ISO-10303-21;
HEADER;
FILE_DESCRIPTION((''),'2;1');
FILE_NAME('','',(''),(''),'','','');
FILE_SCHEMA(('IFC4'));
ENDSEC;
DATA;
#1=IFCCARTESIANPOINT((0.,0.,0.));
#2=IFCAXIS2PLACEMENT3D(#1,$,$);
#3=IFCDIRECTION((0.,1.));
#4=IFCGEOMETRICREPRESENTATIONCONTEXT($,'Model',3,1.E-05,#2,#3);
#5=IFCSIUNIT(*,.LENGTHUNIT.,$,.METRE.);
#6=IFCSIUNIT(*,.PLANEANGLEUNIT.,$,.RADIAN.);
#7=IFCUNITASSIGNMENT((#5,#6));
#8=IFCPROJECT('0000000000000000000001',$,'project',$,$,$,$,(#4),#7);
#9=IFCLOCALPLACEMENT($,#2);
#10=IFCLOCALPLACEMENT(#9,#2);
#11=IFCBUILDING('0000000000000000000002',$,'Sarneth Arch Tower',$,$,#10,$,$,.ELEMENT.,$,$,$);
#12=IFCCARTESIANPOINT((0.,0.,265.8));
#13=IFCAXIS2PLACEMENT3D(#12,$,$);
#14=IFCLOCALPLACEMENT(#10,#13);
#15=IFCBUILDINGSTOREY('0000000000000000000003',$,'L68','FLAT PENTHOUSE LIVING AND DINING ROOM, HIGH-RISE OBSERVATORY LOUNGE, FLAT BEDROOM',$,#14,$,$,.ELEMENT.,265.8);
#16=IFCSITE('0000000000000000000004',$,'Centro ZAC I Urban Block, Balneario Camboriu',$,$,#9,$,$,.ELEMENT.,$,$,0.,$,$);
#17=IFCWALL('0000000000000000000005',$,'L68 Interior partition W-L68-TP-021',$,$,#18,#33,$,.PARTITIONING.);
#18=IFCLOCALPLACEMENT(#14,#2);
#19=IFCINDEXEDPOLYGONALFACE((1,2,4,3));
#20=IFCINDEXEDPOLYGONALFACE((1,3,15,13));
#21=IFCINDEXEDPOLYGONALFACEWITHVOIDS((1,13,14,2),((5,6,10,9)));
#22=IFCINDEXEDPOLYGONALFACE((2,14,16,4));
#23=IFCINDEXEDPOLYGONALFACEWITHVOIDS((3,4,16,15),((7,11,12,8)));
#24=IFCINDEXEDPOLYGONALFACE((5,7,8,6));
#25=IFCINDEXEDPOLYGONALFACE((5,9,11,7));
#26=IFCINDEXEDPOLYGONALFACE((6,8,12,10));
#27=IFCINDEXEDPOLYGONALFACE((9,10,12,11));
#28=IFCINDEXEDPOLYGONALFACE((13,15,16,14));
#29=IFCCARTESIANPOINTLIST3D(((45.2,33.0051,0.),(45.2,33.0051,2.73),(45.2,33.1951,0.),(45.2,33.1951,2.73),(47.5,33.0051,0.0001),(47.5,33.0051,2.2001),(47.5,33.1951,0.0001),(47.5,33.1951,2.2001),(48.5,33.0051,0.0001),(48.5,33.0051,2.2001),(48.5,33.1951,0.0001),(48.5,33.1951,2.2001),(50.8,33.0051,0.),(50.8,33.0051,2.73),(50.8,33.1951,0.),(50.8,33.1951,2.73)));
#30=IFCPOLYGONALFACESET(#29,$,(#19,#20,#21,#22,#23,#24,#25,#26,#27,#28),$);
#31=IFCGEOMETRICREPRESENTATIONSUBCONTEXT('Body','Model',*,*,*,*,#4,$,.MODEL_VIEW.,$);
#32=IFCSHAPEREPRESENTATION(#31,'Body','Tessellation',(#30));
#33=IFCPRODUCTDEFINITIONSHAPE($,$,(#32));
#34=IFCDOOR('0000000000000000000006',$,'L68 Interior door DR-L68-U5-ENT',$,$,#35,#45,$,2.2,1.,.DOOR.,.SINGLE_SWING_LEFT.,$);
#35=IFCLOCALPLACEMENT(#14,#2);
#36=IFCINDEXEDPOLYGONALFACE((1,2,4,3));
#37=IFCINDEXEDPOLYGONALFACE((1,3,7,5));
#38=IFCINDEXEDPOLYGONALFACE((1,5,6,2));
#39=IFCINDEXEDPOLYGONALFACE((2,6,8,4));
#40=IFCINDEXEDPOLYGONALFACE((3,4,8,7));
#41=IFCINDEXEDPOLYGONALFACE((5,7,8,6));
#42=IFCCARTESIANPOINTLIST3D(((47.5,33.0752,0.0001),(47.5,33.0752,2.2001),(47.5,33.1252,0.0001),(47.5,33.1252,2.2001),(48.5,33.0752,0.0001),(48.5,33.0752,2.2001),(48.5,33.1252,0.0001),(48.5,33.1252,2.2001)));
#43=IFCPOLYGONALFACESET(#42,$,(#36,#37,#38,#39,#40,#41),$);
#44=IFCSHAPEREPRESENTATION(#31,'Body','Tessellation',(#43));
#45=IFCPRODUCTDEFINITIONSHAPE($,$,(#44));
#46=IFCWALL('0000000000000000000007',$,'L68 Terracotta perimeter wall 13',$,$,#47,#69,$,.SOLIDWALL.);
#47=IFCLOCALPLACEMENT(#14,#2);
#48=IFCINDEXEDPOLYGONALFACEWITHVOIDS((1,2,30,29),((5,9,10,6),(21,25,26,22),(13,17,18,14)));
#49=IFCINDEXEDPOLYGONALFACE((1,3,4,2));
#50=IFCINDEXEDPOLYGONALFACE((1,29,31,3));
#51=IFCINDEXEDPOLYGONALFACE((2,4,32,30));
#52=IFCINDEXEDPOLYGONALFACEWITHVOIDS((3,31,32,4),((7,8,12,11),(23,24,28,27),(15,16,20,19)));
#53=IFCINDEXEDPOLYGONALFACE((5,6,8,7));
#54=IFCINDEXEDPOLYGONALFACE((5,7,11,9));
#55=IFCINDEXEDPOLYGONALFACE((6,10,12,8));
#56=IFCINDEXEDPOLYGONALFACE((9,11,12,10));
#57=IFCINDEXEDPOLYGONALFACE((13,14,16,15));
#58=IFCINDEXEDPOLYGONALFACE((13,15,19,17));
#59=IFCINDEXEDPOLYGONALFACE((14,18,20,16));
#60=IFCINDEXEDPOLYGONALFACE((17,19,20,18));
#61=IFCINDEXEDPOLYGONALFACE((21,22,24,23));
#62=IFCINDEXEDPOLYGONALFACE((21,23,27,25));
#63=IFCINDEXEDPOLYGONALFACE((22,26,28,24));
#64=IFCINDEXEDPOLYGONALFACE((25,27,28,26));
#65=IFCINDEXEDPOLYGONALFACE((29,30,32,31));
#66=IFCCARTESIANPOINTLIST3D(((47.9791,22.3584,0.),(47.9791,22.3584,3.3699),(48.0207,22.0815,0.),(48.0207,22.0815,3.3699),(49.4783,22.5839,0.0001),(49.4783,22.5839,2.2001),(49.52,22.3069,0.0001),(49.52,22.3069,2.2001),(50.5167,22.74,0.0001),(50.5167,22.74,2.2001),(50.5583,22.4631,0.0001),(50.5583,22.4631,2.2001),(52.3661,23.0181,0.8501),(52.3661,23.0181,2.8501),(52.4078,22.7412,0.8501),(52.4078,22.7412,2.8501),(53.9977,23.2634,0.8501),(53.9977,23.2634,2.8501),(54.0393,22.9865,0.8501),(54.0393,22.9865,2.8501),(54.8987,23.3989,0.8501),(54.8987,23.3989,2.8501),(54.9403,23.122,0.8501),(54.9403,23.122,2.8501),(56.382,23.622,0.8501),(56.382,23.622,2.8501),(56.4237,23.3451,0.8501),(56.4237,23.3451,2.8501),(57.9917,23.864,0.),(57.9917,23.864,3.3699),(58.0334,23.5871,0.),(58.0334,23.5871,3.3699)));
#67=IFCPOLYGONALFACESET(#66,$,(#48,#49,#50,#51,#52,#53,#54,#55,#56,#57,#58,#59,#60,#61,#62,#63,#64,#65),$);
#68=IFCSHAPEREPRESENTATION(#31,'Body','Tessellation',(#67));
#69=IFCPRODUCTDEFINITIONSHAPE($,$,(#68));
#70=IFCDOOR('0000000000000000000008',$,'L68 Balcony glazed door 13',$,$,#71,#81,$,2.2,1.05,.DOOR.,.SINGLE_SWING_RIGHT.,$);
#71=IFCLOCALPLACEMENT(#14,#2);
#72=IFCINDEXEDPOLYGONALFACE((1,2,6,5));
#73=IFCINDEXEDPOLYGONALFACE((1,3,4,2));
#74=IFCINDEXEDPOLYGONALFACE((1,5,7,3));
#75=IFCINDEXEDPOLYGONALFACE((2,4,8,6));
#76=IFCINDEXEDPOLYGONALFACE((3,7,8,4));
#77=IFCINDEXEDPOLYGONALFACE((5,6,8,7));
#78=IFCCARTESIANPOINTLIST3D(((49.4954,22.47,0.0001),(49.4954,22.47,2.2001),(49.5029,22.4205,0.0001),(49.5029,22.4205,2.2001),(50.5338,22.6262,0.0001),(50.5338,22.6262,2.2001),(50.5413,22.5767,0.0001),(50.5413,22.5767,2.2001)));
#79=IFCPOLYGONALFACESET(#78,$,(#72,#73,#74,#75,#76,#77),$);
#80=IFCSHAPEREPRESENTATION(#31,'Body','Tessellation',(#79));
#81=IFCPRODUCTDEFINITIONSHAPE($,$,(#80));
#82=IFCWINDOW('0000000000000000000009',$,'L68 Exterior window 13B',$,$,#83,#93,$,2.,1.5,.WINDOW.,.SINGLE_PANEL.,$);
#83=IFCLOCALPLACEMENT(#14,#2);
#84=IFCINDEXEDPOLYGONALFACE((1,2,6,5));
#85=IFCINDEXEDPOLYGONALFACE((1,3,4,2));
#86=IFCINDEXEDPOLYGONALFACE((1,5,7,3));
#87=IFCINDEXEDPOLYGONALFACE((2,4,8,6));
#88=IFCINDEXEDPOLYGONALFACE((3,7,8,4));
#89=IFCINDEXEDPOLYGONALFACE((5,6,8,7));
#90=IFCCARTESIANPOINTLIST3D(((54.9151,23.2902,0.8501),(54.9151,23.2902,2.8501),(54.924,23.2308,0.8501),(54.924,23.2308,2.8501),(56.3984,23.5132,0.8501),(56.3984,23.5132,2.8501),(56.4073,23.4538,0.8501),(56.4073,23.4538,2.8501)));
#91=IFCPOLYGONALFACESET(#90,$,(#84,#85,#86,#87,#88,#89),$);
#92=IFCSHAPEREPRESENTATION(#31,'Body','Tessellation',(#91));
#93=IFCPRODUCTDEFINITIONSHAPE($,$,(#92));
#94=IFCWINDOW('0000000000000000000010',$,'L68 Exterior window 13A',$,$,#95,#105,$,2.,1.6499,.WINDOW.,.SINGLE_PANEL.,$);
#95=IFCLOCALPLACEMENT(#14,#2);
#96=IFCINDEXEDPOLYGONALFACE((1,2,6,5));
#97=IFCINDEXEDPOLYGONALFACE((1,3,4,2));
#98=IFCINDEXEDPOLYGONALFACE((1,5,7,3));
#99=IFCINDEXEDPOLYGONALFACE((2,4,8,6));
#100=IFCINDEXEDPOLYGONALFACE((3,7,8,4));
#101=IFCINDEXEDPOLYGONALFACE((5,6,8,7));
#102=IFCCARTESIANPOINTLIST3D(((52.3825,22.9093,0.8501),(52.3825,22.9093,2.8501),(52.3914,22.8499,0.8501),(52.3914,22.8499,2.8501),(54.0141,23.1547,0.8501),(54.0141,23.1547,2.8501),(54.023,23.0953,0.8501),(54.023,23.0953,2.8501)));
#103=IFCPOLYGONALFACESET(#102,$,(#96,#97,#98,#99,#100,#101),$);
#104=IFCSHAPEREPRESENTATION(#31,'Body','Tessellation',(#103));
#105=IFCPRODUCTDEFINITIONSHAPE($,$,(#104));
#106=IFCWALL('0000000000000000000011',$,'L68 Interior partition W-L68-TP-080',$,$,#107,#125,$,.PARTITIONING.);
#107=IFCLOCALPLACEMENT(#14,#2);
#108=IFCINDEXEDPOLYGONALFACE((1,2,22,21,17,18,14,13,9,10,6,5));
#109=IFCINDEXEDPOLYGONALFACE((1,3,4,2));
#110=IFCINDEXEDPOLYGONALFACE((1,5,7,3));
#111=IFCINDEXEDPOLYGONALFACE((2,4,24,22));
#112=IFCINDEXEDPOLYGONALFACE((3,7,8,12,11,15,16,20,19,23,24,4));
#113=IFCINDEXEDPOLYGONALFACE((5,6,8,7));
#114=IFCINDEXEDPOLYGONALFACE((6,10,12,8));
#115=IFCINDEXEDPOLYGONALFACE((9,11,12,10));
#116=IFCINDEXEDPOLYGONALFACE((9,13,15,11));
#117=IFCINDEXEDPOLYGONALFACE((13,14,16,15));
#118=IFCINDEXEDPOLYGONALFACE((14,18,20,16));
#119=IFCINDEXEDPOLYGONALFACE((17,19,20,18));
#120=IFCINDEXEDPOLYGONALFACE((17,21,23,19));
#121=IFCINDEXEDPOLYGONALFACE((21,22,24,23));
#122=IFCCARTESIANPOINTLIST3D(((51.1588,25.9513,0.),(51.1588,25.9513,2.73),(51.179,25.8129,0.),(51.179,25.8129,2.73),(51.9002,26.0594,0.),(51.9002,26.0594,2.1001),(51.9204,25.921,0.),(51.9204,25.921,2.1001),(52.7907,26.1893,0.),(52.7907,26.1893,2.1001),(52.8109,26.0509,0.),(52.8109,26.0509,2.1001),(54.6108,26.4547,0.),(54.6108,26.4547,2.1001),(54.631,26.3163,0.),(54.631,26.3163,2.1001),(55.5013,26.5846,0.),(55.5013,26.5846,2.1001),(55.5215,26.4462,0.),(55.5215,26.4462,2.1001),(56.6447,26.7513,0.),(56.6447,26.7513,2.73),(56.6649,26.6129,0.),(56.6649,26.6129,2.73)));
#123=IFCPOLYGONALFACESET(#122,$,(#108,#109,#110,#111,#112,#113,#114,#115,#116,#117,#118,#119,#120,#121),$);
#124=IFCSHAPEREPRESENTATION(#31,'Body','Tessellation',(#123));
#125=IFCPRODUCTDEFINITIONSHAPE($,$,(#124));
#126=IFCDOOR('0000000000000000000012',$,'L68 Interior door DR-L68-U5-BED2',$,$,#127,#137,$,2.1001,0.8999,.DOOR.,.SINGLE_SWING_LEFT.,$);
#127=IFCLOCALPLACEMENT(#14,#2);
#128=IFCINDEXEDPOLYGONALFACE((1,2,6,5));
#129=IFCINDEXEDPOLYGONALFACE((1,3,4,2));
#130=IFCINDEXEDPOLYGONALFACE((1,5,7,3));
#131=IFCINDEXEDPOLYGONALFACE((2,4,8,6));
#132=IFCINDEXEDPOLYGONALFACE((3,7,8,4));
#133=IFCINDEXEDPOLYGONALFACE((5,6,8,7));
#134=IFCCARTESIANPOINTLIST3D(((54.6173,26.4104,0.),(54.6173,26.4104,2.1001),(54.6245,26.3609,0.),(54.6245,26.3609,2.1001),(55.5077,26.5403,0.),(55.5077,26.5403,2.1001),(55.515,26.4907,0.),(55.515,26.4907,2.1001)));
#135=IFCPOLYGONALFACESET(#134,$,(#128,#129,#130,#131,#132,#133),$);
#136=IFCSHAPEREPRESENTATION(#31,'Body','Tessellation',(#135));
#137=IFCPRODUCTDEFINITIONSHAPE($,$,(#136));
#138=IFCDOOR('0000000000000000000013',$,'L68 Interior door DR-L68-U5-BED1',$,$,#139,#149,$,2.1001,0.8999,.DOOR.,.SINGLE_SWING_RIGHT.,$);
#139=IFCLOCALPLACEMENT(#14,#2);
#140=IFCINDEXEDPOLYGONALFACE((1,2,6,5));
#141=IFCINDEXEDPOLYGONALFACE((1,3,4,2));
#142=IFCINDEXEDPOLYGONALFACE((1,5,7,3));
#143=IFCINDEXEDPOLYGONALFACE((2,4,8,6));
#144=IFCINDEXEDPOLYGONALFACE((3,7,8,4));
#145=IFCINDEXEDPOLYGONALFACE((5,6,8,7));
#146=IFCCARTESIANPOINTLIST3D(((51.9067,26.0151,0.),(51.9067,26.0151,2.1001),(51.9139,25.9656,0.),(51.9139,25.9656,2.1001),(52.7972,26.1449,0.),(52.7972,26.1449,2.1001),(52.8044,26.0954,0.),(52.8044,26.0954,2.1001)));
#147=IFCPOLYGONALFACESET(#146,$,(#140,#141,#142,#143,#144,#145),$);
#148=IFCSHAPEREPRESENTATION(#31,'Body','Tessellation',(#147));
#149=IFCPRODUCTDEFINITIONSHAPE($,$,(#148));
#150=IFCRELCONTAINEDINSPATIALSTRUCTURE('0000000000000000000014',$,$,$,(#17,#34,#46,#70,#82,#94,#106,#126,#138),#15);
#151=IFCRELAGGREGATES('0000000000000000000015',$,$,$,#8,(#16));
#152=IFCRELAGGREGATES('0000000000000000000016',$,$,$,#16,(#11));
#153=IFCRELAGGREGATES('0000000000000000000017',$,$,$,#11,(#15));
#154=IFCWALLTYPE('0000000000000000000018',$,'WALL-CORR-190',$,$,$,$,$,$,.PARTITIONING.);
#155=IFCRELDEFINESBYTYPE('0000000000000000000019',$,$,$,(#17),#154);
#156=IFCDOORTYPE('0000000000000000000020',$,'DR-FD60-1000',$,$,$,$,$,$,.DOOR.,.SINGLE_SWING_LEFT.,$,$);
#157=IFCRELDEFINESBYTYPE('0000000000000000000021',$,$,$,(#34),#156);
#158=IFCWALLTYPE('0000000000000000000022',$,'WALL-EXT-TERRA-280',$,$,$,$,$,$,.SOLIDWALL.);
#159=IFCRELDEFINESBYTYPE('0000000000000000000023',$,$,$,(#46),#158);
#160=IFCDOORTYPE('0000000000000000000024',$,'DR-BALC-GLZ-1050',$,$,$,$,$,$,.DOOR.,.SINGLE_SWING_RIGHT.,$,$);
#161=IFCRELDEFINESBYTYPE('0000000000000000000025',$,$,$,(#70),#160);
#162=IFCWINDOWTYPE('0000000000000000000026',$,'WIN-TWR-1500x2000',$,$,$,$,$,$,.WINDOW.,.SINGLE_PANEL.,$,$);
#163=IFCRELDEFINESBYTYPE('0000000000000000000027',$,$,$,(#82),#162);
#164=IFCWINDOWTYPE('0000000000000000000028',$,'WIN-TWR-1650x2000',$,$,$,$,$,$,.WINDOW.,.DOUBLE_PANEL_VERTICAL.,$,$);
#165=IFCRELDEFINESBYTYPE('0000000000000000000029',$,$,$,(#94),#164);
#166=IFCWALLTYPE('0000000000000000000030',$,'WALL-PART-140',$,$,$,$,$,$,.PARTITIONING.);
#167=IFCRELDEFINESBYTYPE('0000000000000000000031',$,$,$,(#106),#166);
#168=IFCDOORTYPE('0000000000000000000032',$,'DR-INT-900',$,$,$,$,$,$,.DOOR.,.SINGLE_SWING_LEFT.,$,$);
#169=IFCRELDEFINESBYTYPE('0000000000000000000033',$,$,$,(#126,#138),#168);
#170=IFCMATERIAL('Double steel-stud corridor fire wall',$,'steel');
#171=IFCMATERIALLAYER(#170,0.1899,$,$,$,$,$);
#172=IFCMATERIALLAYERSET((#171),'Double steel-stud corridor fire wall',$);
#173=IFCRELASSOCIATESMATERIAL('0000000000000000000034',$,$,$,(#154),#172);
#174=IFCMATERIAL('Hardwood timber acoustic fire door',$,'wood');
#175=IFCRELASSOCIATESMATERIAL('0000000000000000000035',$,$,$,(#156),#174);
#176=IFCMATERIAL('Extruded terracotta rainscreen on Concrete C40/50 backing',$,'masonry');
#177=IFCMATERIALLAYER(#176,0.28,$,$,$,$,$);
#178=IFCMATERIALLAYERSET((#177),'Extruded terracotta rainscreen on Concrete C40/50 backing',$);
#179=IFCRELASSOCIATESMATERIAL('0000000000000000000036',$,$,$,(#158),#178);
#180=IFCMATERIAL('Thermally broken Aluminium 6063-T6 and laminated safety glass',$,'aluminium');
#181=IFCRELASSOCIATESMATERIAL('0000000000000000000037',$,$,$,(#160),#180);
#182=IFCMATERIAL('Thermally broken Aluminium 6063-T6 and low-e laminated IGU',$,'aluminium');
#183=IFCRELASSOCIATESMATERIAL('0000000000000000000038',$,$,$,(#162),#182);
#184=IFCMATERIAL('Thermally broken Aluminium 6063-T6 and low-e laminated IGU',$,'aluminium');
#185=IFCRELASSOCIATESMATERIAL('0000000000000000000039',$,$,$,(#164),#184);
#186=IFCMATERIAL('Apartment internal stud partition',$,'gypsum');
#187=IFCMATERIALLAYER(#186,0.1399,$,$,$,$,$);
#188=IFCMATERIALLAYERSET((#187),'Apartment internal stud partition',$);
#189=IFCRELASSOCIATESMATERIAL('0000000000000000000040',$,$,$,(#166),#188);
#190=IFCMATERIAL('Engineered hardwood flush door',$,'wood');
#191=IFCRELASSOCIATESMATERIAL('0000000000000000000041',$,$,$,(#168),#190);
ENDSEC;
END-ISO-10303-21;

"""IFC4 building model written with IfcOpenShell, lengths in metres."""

from ifc_helpers import new_model, si_unit, direction, frame, frame_2d, origin, place, context, subcontext, project, spatial, rectangle, extrude, material, layer, layer_set, type_object, element, fill, save


model = new_model("IFC4")

# Units and contexts
model_context = context("Model", 3, precision=1e-05, world=origin(), true_north=direction((0.0, 1.0)))
body_context = subcontext(model_context, "Body", "Model", "MODEL_VIEW")
ifc_project = project(units=[si_unit("LENGTHUNIT", "METRE"), si_unit("PLANEANGLEUNIT", "RADIAN")], contexts=[model_context])

# Site, building, storey
site_placement = place(None, origin())
site = spatial("IfcSite", under=ifc_project, at=site_placement, Name="Centro ZAC I Urban Block, Balneario Camboriu", CompositionType="ELEMENT", RefElevation=0.0)
building_placement = place(site_placement, origin())
building = spatial("IfcBuilding", under=site, at=building_placement, Name="Sarneth Arch Tower", CompositionType="ELEMENT")
storey_placement = place(building_placement, frame((0.0, 0.0, 265.8)))
storey = spatial("IfcBuildingStorey", under=building, at=storey_placement, Name="L68", Description="FLAT PENTHOUSE LIVING AND DINING ROOM, HIGH-RISE OBSERVATORY LOUNGE, FLAT BEDROOM", CompositionType="ELEMENT", Elevation=265.8)

# Wall, opening, door
ifc_material_1 = material(Name="Double steel-stud corridor fire wall", Category="steel")
ifc_layer_1 = layer(ifc_material_1, 0.1899)
ifc_layer_set_1 = layer_set([ifc_layer_1], Name="Double steel-stud corridor fire wall")
wall_type_1 = type_object("IfcWallType", Name="WALL-CORR-190", PredefinedType="PARTITIONING", material=ifc_layer_set_1)
wall_1_placement = place(storey_placement, frame((50.8, 33.1001, 0.0), z_axis=(0.0, 0.0, 1.0), x_axis=(-1.0, 0.0, 0.0)))
wall_1 = element("IfcWall", 1, at=wall_1_placement, inside=storey, type_object=wall_type_1, Name="L68 Interior partition W-L68-TP-021", PredefinedType="PARTITIONING", context=body_context, shape_type="SweptSolid", body=[
    extrude(rectangle(XDim=5.6001, YDim=0.1899, at=frame_2d((2.8, 0.0))), origin(), (0.0, 0.0, 1.0), 2.73),
])
opening_1_placement = place(wall_1_placement, frame((2.3, 0.0, 0.0)))
opening_1 = element("IfcOpeningElement", 2, at=opening_1_placement, cuts=wall_1, PredefinedType="OPENING", context=body_context, shape_type="SweptSolid", body=[
    extrude(rectangle(XDim=1.0, YDim=2.2, at=frame_2d((0.5, 1.1001))), frame((0.0, 0.105, 0.0), z_axis=(0.0, -1.0, 0.0), x_axis=(1.0, 0.0, 0.0)), (0.0, 0.0, 1.0), 0.21),
])
ifc_material_2 = material(Name="Hardwood timber acoustic fire door", Category="wood")
door_type_1 = type_object("IfcDoorType", Name="DR-FD60-1000", OperationType="SINGLE_SWING_LEFT", PredefinedType="DOOR", material=ifc_material_2)
door_1_placement = place(opening_1_placement, origin())
door_1 = element("IfcDoor", 3, at=door_1_placement, inside=storey, type_object=door_type_1, Name="L68 Interior door DR-L68-U5-ENT", OperationType="SINGLE_SWING_LEFT", OverallHeight=2.2, OverallWidth=1.0, PredefinedType="DOOR", context=body_context, shape_type="SweptSolid", body=[
    extrude(rectangle(XDim=1.0, YDim=2.2, at=frame_2d((0.5, 1.1001))), frame((0.0, 0.0249, 0.0), z_axis=(0.0, -1.0, 0.0), x_axis=(1.0, 0.0, 0.0)), (0.0, 0.0, 1.0), 0.05),
])
fill(opening_1, door_1)

# Wall, openings, door, windows
ifc_material_3 = material(Name="Extruded terracotta rainscreen on Concrete C40/50 backing", Category="masonry")
ifc_layer_2 = layer(ifc_material_3, 0.28)
ifc_layer_set_2 = layer_set([ifc_layer_2], Name="Extruded terracotta rainscreen on Concrete C40/50 backing")
wall_type_2 = type_object("IfcWallType", Name="WALL-EXT-TERRA-280", PredefinedType="SOLIDWALL", material=ifc_layer_set_2)
wall_2_placement = place(storey_placement, frame((48.0, 22.22, 0.0), z_axis=(0.0, 0.0, 1.0), x_axis=(0.988883, 0.148699, 0.0)))
wall_2 = element("IfcWall", 4, at=wall_2_placement, inside=storey, type_object=wall_type_2, Name="L68 Terracotta perimeter wall 13", PredefinedType="SOLIDWALL", context=body_context, shape_type="SweptSolid", body=[
    extrude(rectangle(XDim=10.1252, YDim=0.28, at=frame_2d((5.0625, 0.0))), origin(), (0.0, 0.0, 1.0), 3.3699),
])
opening_2_placement = place(wall_2_placement, frame((1.5161, 0.0, 0.0)))
opening_2 = element("IfcOpeningElement", 5, at=opening_2_placement, cuts=wall_2, PredefinedType="OPENING", context=body_context, shape_type="SweptSolid", body=[
    extrude(rectangle(XDim=1.05, YDim=2.2, at=frame_2d((0.5249, 1.1001))), frame((0.0, 0.1499, 0.0), z_axis=(0.0, -1.0, 0.0), x_axis=(1.0, 0.0, 0.0)), (0.0, 0.0, 1.0), 0.3),
])
opening_3_placement = place(wall_2_placement, frame((4.4363, 0.0, 0.8501)))
opening_3 = element("IfcOpeningElement", 6, at=opening_3_placement, cuts=wall_2, PredefinedType="OPENING", context=body_context, shape_type="SweptSolid", body=[
    extrude(rectangle(XDim=1.6499, YDim=2.0, at=frame_2d((0.825, 1.0))), frame((0.0, 0.1499, 0.0), z_axis=(0.0, -1.0, 0.0), x_axis=(1.0, 0.0, 0.0)), (0.0, 0.0, 1.0), 0.3),
])
opening_4_placement = place(wall_2_placement, frame((6.9973, 0.0, 0.8501)))
opening_4 = element("IfcOpeningElement", 7, at=opening_4_placement, cuts=wall_2, PredefinedType="OPENING", context=body_context, shape_type="SweptSolid", body=[
    extrude(rectangle(XDim=1.5, YDim=2.0, at=frame_2d((0.75, 1.0))), frame((0.0, 0.1499, 0.0), z_axis=(0.0, -1.0, 0.0), x_axis=(1.0, 0.0, 0.0)), (0.0, 0.0, 1.0), 0.3),
])
ifc_material_4 = material(Name="Thermally broken Aluminium 6063-T6 and laminated safety glass", Category="aluminium")
door_type_2 = type_object("IfcDoorType", Name="DR-BALC-GLZ-1050", OperationType="SINGLE_SWING_RIGHT", PredefinedType="DOOR", material=ifc_material_4)
door_2_placement = place(opening_2_placement, origin())
door_2 = element("IfcDoor", 8, at=door_2_placement, inside=storey, type_object=door_type_2, Name="L68 Balcony glazed door 13", OperationType="SINGLE_SWING_RIGHT", OverallHeight=2.2, OverallWidth=1.05, PredefinedType="DOOR", context=body_context, shape_type="SweptSolid", body=[
    extrude(rectangle(XDim=1.05, YDim=2.2, at=frame_2d((0.5249, 1.1001))), frame((0.0, 0.0249, 0.0), z_axis=(0.0, -1.0, 0.0), x_axis=(1.0, 0.0, 0.0)), (0.0, 0.0, 1.0), 0.05),
])
fill(opening_2, door_2)
ifc_material_5 = material(Name="Thermally broken Aluminium 6063-T6 and low-e laminated IGU", Category="aluminium")
window_type_1 = type_object("IfcWindowType", Name="WIN-TWR-1500x2000", PartitioningType="SINGLE_PANEL", PredefinedType="WINDOW", material=ifc_material_5)
window_1_placement = place(opening_4_placement, origin())
window_1 = element("IfcWindow", 9, at=window_1_placement, inside=storey, type_object=window_type_1, Name="L68 Exterior window 13B", OverallHeight=2.0, OverallWidth=1.5, PartitioningType="SINGLE_PANEL", PredefinedType="WINDOW", context=body_context, shape_type="SweptSolid", body=[
    extrude(rectangle(XDim=1.5, YDim=2.0, at=frame_2d((0.75, 1.0))), frame((0.0, 0.03, 0.0), z_axis=(0.0, -1.0, 0.0), x_axis=(1.0, 0.0, 0.0)), (0.0, 0.0, 1.0), 0.0601),
])
fill(opening_4, window_1)
ifc_material_6 = material(Name="Thermally broken Aluminium 6063-T6 and low-e laminated IGU", Category="aluminium")
window_type_2 = type_object("IfcWindowType", Name="WIN-TWR-1650x2000", PartitioningType="DOUBLE_PANEL_VERTICAL", PredefinedType="WINDOW", material=ifc_material_6)
window_2_placement = place(opening_3_placement, origin())
window_2 = element("IfcWindow", 10, at=window_2_placement, inside=storey, type_object=window_type_2, Name="L68 Exterior window 13A", OverallHeight=2.0, OverallWidth=1.6499, PartitioningType="SINGLE_PANEL", PredefinedType="WINDOW", context=body_context, shape_type="SweptSolid", body=[
    extrude(rectangle(XDim=1.6499, YDim=2.0, at=frame_2d((0.825, 1.0))), frame((0.0, 0.03, 0.0), z_axis=(0.0, -1.0, 0.0), x_axis=(1.0, 0.0, 0.0)), (0.0, 0.0, 1.0), 0.0601),
])
fill(opening_3, window_2)

# Wall, openings, doors
ifc_material_7 = material(Name="Apartment internal stud partition", Category="gypsum")
ifc_layer_3 = layer(ifc_material_7, 0.1399)
ifc_layer_set_3 = layer_set([ifc_layer_3], Name="Apartment internal stud partition")
wall_type_3 = type_object("IfcWallType", Name="WALL-PART-140", PredefinedType="PARTITIONING", material=ifc_layer_set_3)
wall_3_placement = place(storey_placement, frame((56.6548, 26.6821, 0.0), z_axis=(0.0, 0.0, 1.0), x_axis=(-0.989532, -0.144312, 0.0)))
wall_3 = element("IfcWall", 11, at=wall_3_placement, inside=storey, type_object=wall_type_3, Name="L68 Interior partition W-L68-TP-080", PredefinedType="PARTITIONING", context=body_context, shape_type="SweptSolid", body=[
    extrude(rectangle(XDim=5.5439, YDim=0.1399, at=frame_2d((2.772, 0.0))), origin(), (0.0, 0.0, 1.0), 2.73),
])
opening_5_placement = place(wall_3_placement, frame((1.1555, 0.0, 0.0)))
opening_5 = element("IfcOpeningElement", 12, at=opening_5_placement, cuts=wall_3, PredefinedType="OPENING", context=body_context, shape_type="SweptSolid", body=[
    extrude(rectangle(XDim=0.8999, YDim=2.1001, at=frame_2d((0.45, 1.05))), frame((0.0, 0.0798, 0.0), z_axis=(0.0, -1.0, 0.0), x_axis=(1.0, 0.0, 0.0)), (0.0, 0.0, 1.0), 0.1599),
])
opening_6_placement = place(wall_3_placement, frame((3.8948, 0.0, 0.0)))
opening_6 = element("IfcOpeningElement", 13, at=opening_6_placement, cuts=wall_3, PredefinedType="OPENING", context=body_context, shape_type="SweptSolid", body=[
    extrude(rectangle(XDim=0.8999, YDim=2.1001, at=frame_2d((0.45, 1.05))), frame((0.0, 0.0798, 0.0), z_axis=(0.0, -1.0, 0.0), x_axis=(1.0, 0.0, 0.0)), (0.0, 0.0, 1.0), 0.1599),
])
ifc_material_8 = material(Name="Engineered hardwood flush door", Category="wood")
door_type_3 = type_object("IfcDoorType", Name="DR-INT-900", OperationType="SINGLE_SWING_LEFT", PredefinedType="DOOR", material=ifc_material_8)
door_3_placement = place(opening_5_placement, origin())
door_3 = element("IfcDoor", 14, at=door_3_placement, inside=storey, type_object=door_type_3, Name="L68 Interior door DR-L68-U5-BED2", OperationType="SINGLE_SWING_LEFT", OverallHeight=2.1001, OverallWidth=0.8999, PredefinedType="DOOR", context=body_context, shape_type="SweptSolid", body=[
    extrude(rectangle(XDim=0.8999, YDim=2.1001, at=frame_2d((0.45, 1.05))), frame((0.0, 0.0249, 0.0), z_axis=(0.0, -1.0, 0.0), x_axis=(1.0, 0.0, 0.0)), (0.0, 0.0, 1.0), 0.05),
])
fill(opening_5, door_3)
door_4_placement = place(opening_6_placement, origin())
door_4 = element("IfcDoor", 15, at=door_4_placement, inside=storey, type_object=door_type_3, Name="L68 Interior door DR-L68-U5-BED1", OperationType="SINGLE_SWING_RIGHT", OverallHeight=2.1001, OverallWidth=0.8999, PredefinedType="DOOR", context=body_context, shape_type="SweptSolid", body=[
    extrude(rectangle(XDim=0.8999, YDim=2.1001, at=frame_2d((0.45, 1.05))), frame((0.0, 0.0249, 0.0), z_axis=(0.0, -1.0, 0.0), x_axis=(1.0, 0.0, 0.0)), (0.0, 0.0, 1.0), 0.05),
])
fill(opening_6, door_4)

save(model, "model.ifc")
